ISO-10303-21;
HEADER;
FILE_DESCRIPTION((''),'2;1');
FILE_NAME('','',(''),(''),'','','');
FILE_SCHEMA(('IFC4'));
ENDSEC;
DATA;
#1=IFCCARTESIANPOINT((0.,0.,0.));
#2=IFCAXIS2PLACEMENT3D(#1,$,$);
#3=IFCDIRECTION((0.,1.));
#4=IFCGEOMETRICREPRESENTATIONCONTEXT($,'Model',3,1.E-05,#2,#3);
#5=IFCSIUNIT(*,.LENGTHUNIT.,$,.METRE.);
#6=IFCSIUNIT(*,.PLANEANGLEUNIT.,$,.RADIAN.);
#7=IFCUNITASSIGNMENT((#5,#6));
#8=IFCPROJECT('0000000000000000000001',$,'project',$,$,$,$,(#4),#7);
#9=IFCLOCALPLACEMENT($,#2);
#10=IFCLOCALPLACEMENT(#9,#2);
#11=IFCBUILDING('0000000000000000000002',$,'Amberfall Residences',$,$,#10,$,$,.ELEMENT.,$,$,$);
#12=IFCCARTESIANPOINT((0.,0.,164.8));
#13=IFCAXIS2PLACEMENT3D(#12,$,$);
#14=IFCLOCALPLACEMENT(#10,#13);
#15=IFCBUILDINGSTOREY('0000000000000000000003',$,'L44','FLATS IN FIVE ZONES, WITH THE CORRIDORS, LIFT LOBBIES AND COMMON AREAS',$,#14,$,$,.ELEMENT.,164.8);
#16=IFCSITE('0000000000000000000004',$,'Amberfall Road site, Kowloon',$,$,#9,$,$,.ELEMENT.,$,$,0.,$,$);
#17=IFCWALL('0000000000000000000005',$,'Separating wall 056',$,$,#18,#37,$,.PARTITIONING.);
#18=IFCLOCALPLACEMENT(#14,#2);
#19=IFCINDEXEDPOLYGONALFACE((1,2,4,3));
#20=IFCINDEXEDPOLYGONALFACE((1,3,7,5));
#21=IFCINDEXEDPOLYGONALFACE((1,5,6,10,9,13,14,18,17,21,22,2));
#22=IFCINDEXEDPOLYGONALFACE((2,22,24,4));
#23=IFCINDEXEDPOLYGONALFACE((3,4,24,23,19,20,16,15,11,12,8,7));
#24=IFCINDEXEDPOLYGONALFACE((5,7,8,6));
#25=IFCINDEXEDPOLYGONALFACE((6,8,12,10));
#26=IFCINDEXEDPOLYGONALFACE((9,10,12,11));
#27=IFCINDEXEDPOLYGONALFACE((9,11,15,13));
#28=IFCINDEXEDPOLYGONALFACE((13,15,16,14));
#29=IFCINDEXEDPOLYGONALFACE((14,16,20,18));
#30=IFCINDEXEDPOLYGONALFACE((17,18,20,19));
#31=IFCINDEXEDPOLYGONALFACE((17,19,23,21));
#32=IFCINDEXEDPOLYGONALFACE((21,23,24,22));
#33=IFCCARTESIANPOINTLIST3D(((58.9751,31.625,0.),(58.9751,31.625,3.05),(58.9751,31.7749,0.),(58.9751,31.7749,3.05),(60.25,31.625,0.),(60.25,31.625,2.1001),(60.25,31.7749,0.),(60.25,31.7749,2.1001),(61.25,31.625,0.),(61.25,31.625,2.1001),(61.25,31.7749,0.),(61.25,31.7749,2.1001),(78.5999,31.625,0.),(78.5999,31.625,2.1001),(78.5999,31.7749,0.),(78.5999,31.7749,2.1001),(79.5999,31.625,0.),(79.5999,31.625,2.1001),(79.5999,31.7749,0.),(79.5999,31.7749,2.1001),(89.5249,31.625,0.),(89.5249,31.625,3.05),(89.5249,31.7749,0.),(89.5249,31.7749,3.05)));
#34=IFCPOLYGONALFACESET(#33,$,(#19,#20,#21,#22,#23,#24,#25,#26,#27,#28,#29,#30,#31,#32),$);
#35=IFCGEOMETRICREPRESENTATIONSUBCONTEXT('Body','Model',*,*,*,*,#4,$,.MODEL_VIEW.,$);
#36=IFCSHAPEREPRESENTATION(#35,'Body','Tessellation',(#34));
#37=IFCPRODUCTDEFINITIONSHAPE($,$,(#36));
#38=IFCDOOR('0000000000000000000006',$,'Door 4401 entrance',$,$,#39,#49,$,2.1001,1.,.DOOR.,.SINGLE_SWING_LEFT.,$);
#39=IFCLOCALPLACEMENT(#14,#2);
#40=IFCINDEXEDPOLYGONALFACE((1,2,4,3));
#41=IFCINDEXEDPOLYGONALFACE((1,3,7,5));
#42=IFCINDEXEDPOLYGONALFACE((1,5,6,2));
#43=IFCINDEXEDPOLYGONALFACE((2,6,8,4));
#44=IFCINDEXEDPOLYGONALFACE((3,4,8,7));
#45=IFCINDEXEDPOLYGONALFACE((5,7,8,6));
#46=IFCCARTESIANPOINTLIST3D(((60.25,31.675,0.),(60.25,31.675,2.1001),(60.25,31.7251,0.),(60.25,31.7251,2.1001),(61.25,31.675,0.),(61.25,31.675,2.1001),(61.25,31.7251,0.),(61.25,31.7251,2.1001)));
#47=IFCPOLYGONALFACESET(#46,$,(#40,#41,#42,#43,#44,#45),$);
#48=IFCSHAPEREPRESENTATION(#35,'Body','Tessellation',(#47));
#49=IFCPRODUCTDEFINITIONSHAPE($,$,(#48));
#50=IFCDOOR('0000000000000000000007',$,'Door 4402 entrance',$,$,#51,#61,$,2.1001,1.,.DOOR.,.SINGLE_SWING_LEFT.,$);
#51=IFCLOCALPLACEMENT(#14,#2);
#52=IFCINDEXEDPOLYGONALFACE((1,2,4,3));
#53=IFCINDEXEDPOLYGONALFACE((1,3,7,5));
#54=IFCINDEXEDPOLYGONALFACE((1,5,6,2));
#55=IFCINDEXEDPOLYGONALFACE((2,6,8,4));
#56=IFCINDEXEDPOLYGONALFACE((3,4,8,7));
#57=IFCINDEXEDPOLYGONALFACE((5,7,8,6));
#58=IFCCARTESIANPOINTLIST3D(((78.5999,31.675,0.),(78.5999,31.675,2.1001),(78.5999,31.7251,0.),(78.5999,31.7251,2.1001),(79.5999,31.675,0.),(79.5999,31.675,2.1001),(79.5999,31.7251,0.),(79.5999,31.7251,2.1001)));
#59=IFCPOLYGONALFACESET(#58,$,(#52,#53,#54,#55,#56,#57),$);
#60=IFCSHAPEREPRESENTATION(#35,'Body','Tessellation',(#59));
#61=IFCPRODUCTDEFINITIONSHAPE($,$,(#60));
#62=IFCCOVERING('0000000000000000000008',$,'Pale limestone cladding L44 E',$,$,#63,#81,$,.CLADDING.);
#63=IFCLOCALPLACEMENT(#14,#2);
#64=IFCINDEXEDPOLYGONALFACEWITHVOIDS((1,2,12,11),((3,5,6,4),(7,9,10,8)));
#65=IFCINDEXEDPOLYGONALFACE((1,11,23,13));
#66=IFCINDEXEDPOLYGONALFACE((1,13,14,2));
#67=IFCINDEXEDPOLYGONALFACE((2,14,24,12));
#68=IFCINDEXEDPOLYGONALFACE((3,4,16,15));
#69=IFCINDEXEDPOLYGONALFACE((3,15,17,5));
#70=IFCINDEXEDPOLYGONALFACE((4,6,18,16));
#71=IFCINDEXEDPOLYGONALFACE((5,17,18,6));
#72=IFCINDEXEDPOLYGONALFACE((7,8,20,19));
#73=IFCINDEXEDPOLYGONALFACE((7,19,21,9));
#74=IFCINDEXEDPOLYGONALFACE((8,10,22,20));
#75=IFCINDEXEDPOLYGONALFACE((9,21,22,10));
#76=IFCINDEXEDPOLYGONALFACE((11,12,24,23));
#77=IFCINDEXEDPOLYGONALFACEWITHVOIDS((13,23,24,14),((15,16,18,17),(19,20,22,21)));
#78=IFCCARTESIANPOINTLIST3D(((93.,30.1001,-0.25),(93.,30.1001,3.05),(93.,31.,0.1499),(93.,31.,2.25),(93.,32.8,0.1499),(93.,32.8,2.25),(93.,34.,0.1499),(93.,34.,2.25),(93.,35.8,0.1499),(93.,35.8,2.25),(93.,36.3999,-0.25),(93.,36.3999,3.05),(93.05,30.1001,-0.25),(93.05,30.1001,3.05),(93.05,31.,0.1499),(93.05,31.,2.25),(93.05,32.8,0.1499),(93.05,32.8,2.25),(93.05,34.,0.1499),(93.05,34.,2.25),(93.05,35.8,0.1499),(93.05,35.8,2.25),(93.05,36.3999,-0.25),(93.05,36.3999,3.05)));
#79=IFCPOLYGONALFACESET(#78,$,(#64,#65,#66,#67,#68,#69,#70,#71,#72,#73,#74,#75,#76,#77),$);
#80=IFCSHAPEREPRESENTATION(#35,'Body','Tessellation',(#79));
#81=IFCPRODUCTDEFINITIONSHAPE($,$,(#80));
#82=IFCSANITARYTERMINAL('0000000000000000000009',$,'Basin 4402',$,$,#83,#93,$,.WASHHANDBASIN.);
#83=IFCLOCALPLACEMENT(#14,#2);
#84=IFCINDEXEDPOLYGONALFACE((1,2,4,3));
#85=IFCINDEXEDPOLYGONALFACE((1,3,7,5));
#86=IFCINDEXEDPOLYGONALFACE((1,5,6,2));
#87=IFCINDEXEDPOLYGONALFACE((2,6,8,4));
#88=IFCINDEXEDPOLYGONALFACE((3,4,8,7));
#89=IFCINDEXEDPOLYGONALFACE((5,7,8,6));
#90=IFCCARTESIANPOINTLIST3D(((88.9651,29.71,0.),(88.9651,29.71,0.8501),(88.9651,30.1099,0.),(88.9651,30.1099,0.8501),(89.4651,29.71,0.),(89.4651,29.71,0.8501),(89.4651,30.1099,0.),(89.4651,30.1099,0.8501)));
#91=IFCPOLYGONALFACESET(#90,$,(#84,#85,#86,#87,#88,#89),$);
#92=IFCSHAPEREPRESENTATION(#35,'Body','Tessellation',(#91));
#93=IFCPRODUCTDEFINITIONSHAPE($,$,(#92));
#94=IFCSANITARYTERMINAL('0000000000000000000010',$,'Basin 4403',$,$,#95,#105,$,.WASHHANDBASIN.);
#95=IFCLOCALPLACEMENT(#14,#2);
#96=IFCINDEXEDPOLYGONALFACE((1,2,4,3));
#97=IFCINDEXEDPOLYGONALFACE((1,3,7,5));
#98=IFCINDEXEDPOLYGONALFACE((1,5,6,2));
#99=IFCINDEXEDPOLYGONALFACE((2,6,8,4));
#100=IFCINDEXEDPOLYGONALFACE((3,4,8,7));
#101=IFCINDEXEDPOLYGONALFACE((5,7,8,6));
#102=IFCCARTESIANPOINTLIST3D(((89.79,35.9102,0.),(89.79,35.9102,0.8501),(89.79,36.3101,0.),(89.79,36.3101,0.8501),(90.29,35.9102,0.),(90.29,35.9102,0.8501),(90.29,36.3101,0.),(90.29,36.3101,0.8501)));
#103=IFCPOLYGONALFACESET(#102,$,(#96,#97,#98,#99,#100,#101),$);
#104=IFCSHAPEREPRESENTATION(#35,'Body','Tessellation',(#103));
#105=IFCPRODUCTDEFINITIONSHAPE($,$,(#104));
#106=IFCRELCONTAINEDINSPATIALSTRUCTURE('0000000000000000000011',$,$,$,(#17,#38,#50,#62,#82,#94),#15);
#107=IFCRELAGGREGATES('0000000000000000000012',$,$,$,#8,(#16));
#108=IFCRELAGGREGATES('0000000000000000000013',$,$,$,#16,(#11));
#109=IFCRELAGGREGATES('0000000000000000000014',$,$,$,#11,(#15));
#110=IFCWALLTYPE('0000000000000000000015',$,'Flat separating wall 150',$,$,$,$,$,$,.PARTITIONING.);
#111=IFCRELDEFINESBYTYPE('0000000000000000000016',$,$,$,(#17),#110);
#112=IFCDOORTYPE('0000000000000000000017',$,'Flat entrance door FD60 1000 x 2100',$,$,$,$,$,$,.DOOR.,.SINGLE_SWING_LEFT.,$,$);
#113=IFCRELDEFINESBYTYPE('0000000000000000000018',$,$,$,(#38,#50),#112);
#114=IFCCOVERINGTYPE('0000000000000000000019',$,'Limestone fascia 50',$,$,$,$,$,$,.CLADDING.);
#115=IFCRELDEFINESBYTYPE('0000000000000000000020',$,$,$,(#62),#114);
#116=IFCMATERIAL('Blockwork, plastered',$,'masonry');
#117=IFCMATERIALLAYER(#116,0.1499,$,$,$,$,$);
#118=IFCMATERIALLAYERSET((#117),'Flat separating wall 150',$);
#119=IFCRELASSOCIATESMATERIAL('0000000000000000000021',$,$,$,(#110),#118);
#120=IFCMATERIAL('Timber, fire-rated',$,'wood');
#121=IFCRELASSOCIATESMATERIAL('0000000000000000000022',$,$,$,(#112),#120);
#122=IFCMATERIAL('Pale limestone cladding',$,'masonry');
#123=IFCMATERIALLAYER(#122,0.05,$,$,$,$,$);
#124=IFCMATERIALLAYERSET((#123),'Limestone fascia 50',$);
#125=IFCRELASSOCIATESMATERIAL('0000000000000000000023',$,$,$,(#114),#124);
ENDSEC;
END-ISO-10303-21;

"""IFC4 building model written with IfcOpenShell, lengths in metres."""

from ifc_helpers import new_model, si_unit, direction, frame, frame_2d, origin, origin_2d, place, context, subcontext, project, spatial, polyline, rectangle, outline, extrude, material, layer, layer_set, type_object, element, fill, save


model = new_model("IFC4")

# Units and contexts
model_context = context("Model", 3, precision=1e-05, world=origin(), true_north=direction((0.0, 1.0)))
body_context = subcontext(model_context, "Body", "Model", "MODEL_VIEW")
ifc_project = project(units=[si_unit("LENGTHUNIT", "METRE"), si_unit("PLANEANGLEUNIT", "RADIAN")], contexts=[model_context])

# Site, building, storey
site_placement = place(None, origin())
site = spatial("IfcSite", under=ifc_project, at=site_placement, Name="Amberfall Road site, Kowloon", CompositionType="ELEMENT", RefElevation=0.0)
building_placement = place(site_placement, origin())
building = spatial("IfcBuilding", under=site, at=building_placement, Name="Amberfall Residences", CompositionType="ELEMENT")
storey_placement = place(building_placement, frame((0.0, 0.0, 164.8)))
storey = spatial("IfcBuildingStorey", under=building, at=storey_placement, Name="L44", Description="FLATS IN FIVE ZONES, WITH THE CORRIDORS, LIFT LOBBIES AND COMMON AREAS", CompositionType="ELEMENT", Elevation=164.8)

# Wall, openings, doors
ifc_material_1 = material(Name="Blockwork, plastered", Category="masonry")
ifc_layer_1 = layer(ifc_material_1, 0.1499)
ifc_layer_set_1 = layer_set([ifc_layer_1], Name="Flat separating wall 150")
wall_type_1 = type_object("IfcWallType", Name="Flat separating wall 150", PredefinedType="PARTITIONING", material=ifc_layer_set_1)
wall_1_placement = place(storey_placement, frame((89.5249, 31.7, 0.0), z_axis=(0.0, 0.0, 1.0), x_axis=(-1.0, 0.0, 0.0)))
wall_1 = element("IfcWall", 1, at=wall_1_placement, inside=storey, type_object=wall_type_1, Name="Separating wall 056", PredefinedType="PARTITIONING", context=body_context, shape_type="SweptSolid", body=[
    extrude(rectangle(XDim=30.5498, YDim=0.1499, at=frame_2d((15.2749, 0.0))), origin(), (0.0, 0.0, 1.0), 3.05),
])
opening_1_placement = place(wall_1_placement, frame((28.2749, 0.0, 0.0)))
opening_1 = element("IfcOpeningElement", 2, at=opening_1_placement, cuts=wall_1, PredefinedType="OPENING", context=body_context, shape_type="SweptSolid", body=[
    extrude(rectangle(XDim=1.0, YDim=2.1001, at=frame_2d((0.5, 1.05))), frame((0.0, 0.085, 0.0), z_axis=(0.0, -1.0, 0.0), x_axis=(1.0, 0.0, 0.0)), (0.0, 0.0, 1.0), 0.1699),
])
opening_2_placement = place(wall_1_placement, frame((9.925, 0.0, 0.0)))
opening_2 = element("IfcOpeningElement", 3, at=opening_2_placement, cuts=wall_1, PredefinedType="OPENING", context=body_context, shape_type="SweptSolid", body=[
    extrude(rectangle(XDim=1.0, YDim=2.1001, at=frame_2d((0.5, 1.05))), frame((0.0, 0.085, 0.0), z_axis=(0.0, -1.0, 0.0), x_axis=(1.0, 0.0, 0.0)), (0.0, 0.0, 1.0), 0.1699),
])
ifc_material_2 = material(Name="Timber, fire-rated", Category="wood")
door_type_1 = type_object("IfcDoorType", Name="Flat entrance door FD60 1000 x 2100", OperationType="SINGLE_SWING_LEFT", PredefinedType="DOOR", material=ifc_material_2)
door_1_placement = place(opening_1_placement, origin())
door_1 = element("IfcDoor", 4, at=door_1_placement, inside=storey, type_object=door_type_1, Name="Door 4401 entrance", OperationType="SINGLE_SWING_LEFT", OverallHeight=2.1001, OverallWidth=1.0, PredefinedType="DOOR", context=body_context, shape_type="SweptSolid", body=[
    extrude(rectangle(XDim=1.0, YDim=2.1001, at=frame_2d((0.5, 1.05))), frame((0.0, 0.0249, 0.0), z_axis=(0.0, -1.0, 0.0), x_axis=(1.0, 0.0, 0.0)), (0.0, 0.0, 1.0), 0.05),
])
fill(opening_1, door_1)
door_2_placement = place(opening_2_placement, origin())
door_2 = element("IfcDoor", 5, at=door_2_placement, inside=storey, type_object=door_type_1, Name="Door 4402 entrance", OperationType="SINGLE_SWING_LEFT", OverallHeight=2.1001, OverallWidth=1.0, PredefinedType="DOOR", context=body_context, shape_type="SweptSolid", body=[
    extrude(rectangle(XDim=1.0, YDim=2.1001, at=frame_2d((0.5, 1.05))), frame((0.0, 0.0249, 0.0), z_axis=(0.0, -1.0, 0.0), x_axis=(1.0, 0.0, 0.0)), (0.0, 0.0, 1.0), 0.05),
])
fill(opening_2, door_2)

# Covering
ifc_material_3 = material(Name="Pale limestone cladding", Category="masonry")
ifc_layer_2 = layer(ifc_material_3, 0.05)
ifc_layer_set_2 = layer_set([ifc_layer_2], Name="Limestone fascia 50")
covering_type = type_object("IfcCoveringType", Name="Limestone fascia 50", PredefinedType="CLADDING", material=ifc_layer_set_2)
covering_placement = place(storey_placement, frame((93.0, 30.1001, 3.05), z_axis=(-1.0, 0.0, 0.0), x_axis=(0.0, 1.0, 0.0)))
element("IfcCovering", 6, at=covering_placement, inside=storey, type_object=covering_type, Name="Pale limestone cladding L44 E", PredefinedType="CLADDING", context=body_context, shape_type="SweptSolid", body=[
    extrude(outline(polyline([(0.0, 0.0), (6.2998, 0.0), (6.2998, 3.3), (0.0, 3.3), (0.0, 0.0)]), holes=[polyline([(0.8999, 0.8), (2.7, 0.8), (2.7, 2.9001), (0.8999, 2.9001), (0.8999, 0.8)]), polyline([(3.8999, 0.8), (5.7, 0.8), (5.7, 2.9001), (3.8999, 2.9001), (3.8999, 0.8)])]), origin(), (0.0, 0.0, -1.0), 0.05),
])

# Sanitary terminals
for number, where, z_axis, x_axis, name in (
    (7, (89.2151, 29.9099, 0.0), (0.0, 0.0, 1.0), (1.0, 0.0, 0.0), "Basin 4402"),
    (8, (90.04, 36.1101, 0.0), (0.0, 0.0, 1.0), (1.0, 0.0, 0.0), "Basin 4403"),
):
    element("IfcSanitaryTerminal", number, at=place(storey_placement, frame(where, z_axis=z_axis, x_axis=x_axis)), inside=storey, Name=name, PredefinedType="WASHHANDBASIN", context=body_context, shape_type="SweptSolid", body=[
        extrude(rectangle(XDim=0.5, YDim=0.3999, at=origin_2d()), origin(), (0.0, 0.0, 1.0), 0.8501),
    ])

save(model, "model.ifc")
